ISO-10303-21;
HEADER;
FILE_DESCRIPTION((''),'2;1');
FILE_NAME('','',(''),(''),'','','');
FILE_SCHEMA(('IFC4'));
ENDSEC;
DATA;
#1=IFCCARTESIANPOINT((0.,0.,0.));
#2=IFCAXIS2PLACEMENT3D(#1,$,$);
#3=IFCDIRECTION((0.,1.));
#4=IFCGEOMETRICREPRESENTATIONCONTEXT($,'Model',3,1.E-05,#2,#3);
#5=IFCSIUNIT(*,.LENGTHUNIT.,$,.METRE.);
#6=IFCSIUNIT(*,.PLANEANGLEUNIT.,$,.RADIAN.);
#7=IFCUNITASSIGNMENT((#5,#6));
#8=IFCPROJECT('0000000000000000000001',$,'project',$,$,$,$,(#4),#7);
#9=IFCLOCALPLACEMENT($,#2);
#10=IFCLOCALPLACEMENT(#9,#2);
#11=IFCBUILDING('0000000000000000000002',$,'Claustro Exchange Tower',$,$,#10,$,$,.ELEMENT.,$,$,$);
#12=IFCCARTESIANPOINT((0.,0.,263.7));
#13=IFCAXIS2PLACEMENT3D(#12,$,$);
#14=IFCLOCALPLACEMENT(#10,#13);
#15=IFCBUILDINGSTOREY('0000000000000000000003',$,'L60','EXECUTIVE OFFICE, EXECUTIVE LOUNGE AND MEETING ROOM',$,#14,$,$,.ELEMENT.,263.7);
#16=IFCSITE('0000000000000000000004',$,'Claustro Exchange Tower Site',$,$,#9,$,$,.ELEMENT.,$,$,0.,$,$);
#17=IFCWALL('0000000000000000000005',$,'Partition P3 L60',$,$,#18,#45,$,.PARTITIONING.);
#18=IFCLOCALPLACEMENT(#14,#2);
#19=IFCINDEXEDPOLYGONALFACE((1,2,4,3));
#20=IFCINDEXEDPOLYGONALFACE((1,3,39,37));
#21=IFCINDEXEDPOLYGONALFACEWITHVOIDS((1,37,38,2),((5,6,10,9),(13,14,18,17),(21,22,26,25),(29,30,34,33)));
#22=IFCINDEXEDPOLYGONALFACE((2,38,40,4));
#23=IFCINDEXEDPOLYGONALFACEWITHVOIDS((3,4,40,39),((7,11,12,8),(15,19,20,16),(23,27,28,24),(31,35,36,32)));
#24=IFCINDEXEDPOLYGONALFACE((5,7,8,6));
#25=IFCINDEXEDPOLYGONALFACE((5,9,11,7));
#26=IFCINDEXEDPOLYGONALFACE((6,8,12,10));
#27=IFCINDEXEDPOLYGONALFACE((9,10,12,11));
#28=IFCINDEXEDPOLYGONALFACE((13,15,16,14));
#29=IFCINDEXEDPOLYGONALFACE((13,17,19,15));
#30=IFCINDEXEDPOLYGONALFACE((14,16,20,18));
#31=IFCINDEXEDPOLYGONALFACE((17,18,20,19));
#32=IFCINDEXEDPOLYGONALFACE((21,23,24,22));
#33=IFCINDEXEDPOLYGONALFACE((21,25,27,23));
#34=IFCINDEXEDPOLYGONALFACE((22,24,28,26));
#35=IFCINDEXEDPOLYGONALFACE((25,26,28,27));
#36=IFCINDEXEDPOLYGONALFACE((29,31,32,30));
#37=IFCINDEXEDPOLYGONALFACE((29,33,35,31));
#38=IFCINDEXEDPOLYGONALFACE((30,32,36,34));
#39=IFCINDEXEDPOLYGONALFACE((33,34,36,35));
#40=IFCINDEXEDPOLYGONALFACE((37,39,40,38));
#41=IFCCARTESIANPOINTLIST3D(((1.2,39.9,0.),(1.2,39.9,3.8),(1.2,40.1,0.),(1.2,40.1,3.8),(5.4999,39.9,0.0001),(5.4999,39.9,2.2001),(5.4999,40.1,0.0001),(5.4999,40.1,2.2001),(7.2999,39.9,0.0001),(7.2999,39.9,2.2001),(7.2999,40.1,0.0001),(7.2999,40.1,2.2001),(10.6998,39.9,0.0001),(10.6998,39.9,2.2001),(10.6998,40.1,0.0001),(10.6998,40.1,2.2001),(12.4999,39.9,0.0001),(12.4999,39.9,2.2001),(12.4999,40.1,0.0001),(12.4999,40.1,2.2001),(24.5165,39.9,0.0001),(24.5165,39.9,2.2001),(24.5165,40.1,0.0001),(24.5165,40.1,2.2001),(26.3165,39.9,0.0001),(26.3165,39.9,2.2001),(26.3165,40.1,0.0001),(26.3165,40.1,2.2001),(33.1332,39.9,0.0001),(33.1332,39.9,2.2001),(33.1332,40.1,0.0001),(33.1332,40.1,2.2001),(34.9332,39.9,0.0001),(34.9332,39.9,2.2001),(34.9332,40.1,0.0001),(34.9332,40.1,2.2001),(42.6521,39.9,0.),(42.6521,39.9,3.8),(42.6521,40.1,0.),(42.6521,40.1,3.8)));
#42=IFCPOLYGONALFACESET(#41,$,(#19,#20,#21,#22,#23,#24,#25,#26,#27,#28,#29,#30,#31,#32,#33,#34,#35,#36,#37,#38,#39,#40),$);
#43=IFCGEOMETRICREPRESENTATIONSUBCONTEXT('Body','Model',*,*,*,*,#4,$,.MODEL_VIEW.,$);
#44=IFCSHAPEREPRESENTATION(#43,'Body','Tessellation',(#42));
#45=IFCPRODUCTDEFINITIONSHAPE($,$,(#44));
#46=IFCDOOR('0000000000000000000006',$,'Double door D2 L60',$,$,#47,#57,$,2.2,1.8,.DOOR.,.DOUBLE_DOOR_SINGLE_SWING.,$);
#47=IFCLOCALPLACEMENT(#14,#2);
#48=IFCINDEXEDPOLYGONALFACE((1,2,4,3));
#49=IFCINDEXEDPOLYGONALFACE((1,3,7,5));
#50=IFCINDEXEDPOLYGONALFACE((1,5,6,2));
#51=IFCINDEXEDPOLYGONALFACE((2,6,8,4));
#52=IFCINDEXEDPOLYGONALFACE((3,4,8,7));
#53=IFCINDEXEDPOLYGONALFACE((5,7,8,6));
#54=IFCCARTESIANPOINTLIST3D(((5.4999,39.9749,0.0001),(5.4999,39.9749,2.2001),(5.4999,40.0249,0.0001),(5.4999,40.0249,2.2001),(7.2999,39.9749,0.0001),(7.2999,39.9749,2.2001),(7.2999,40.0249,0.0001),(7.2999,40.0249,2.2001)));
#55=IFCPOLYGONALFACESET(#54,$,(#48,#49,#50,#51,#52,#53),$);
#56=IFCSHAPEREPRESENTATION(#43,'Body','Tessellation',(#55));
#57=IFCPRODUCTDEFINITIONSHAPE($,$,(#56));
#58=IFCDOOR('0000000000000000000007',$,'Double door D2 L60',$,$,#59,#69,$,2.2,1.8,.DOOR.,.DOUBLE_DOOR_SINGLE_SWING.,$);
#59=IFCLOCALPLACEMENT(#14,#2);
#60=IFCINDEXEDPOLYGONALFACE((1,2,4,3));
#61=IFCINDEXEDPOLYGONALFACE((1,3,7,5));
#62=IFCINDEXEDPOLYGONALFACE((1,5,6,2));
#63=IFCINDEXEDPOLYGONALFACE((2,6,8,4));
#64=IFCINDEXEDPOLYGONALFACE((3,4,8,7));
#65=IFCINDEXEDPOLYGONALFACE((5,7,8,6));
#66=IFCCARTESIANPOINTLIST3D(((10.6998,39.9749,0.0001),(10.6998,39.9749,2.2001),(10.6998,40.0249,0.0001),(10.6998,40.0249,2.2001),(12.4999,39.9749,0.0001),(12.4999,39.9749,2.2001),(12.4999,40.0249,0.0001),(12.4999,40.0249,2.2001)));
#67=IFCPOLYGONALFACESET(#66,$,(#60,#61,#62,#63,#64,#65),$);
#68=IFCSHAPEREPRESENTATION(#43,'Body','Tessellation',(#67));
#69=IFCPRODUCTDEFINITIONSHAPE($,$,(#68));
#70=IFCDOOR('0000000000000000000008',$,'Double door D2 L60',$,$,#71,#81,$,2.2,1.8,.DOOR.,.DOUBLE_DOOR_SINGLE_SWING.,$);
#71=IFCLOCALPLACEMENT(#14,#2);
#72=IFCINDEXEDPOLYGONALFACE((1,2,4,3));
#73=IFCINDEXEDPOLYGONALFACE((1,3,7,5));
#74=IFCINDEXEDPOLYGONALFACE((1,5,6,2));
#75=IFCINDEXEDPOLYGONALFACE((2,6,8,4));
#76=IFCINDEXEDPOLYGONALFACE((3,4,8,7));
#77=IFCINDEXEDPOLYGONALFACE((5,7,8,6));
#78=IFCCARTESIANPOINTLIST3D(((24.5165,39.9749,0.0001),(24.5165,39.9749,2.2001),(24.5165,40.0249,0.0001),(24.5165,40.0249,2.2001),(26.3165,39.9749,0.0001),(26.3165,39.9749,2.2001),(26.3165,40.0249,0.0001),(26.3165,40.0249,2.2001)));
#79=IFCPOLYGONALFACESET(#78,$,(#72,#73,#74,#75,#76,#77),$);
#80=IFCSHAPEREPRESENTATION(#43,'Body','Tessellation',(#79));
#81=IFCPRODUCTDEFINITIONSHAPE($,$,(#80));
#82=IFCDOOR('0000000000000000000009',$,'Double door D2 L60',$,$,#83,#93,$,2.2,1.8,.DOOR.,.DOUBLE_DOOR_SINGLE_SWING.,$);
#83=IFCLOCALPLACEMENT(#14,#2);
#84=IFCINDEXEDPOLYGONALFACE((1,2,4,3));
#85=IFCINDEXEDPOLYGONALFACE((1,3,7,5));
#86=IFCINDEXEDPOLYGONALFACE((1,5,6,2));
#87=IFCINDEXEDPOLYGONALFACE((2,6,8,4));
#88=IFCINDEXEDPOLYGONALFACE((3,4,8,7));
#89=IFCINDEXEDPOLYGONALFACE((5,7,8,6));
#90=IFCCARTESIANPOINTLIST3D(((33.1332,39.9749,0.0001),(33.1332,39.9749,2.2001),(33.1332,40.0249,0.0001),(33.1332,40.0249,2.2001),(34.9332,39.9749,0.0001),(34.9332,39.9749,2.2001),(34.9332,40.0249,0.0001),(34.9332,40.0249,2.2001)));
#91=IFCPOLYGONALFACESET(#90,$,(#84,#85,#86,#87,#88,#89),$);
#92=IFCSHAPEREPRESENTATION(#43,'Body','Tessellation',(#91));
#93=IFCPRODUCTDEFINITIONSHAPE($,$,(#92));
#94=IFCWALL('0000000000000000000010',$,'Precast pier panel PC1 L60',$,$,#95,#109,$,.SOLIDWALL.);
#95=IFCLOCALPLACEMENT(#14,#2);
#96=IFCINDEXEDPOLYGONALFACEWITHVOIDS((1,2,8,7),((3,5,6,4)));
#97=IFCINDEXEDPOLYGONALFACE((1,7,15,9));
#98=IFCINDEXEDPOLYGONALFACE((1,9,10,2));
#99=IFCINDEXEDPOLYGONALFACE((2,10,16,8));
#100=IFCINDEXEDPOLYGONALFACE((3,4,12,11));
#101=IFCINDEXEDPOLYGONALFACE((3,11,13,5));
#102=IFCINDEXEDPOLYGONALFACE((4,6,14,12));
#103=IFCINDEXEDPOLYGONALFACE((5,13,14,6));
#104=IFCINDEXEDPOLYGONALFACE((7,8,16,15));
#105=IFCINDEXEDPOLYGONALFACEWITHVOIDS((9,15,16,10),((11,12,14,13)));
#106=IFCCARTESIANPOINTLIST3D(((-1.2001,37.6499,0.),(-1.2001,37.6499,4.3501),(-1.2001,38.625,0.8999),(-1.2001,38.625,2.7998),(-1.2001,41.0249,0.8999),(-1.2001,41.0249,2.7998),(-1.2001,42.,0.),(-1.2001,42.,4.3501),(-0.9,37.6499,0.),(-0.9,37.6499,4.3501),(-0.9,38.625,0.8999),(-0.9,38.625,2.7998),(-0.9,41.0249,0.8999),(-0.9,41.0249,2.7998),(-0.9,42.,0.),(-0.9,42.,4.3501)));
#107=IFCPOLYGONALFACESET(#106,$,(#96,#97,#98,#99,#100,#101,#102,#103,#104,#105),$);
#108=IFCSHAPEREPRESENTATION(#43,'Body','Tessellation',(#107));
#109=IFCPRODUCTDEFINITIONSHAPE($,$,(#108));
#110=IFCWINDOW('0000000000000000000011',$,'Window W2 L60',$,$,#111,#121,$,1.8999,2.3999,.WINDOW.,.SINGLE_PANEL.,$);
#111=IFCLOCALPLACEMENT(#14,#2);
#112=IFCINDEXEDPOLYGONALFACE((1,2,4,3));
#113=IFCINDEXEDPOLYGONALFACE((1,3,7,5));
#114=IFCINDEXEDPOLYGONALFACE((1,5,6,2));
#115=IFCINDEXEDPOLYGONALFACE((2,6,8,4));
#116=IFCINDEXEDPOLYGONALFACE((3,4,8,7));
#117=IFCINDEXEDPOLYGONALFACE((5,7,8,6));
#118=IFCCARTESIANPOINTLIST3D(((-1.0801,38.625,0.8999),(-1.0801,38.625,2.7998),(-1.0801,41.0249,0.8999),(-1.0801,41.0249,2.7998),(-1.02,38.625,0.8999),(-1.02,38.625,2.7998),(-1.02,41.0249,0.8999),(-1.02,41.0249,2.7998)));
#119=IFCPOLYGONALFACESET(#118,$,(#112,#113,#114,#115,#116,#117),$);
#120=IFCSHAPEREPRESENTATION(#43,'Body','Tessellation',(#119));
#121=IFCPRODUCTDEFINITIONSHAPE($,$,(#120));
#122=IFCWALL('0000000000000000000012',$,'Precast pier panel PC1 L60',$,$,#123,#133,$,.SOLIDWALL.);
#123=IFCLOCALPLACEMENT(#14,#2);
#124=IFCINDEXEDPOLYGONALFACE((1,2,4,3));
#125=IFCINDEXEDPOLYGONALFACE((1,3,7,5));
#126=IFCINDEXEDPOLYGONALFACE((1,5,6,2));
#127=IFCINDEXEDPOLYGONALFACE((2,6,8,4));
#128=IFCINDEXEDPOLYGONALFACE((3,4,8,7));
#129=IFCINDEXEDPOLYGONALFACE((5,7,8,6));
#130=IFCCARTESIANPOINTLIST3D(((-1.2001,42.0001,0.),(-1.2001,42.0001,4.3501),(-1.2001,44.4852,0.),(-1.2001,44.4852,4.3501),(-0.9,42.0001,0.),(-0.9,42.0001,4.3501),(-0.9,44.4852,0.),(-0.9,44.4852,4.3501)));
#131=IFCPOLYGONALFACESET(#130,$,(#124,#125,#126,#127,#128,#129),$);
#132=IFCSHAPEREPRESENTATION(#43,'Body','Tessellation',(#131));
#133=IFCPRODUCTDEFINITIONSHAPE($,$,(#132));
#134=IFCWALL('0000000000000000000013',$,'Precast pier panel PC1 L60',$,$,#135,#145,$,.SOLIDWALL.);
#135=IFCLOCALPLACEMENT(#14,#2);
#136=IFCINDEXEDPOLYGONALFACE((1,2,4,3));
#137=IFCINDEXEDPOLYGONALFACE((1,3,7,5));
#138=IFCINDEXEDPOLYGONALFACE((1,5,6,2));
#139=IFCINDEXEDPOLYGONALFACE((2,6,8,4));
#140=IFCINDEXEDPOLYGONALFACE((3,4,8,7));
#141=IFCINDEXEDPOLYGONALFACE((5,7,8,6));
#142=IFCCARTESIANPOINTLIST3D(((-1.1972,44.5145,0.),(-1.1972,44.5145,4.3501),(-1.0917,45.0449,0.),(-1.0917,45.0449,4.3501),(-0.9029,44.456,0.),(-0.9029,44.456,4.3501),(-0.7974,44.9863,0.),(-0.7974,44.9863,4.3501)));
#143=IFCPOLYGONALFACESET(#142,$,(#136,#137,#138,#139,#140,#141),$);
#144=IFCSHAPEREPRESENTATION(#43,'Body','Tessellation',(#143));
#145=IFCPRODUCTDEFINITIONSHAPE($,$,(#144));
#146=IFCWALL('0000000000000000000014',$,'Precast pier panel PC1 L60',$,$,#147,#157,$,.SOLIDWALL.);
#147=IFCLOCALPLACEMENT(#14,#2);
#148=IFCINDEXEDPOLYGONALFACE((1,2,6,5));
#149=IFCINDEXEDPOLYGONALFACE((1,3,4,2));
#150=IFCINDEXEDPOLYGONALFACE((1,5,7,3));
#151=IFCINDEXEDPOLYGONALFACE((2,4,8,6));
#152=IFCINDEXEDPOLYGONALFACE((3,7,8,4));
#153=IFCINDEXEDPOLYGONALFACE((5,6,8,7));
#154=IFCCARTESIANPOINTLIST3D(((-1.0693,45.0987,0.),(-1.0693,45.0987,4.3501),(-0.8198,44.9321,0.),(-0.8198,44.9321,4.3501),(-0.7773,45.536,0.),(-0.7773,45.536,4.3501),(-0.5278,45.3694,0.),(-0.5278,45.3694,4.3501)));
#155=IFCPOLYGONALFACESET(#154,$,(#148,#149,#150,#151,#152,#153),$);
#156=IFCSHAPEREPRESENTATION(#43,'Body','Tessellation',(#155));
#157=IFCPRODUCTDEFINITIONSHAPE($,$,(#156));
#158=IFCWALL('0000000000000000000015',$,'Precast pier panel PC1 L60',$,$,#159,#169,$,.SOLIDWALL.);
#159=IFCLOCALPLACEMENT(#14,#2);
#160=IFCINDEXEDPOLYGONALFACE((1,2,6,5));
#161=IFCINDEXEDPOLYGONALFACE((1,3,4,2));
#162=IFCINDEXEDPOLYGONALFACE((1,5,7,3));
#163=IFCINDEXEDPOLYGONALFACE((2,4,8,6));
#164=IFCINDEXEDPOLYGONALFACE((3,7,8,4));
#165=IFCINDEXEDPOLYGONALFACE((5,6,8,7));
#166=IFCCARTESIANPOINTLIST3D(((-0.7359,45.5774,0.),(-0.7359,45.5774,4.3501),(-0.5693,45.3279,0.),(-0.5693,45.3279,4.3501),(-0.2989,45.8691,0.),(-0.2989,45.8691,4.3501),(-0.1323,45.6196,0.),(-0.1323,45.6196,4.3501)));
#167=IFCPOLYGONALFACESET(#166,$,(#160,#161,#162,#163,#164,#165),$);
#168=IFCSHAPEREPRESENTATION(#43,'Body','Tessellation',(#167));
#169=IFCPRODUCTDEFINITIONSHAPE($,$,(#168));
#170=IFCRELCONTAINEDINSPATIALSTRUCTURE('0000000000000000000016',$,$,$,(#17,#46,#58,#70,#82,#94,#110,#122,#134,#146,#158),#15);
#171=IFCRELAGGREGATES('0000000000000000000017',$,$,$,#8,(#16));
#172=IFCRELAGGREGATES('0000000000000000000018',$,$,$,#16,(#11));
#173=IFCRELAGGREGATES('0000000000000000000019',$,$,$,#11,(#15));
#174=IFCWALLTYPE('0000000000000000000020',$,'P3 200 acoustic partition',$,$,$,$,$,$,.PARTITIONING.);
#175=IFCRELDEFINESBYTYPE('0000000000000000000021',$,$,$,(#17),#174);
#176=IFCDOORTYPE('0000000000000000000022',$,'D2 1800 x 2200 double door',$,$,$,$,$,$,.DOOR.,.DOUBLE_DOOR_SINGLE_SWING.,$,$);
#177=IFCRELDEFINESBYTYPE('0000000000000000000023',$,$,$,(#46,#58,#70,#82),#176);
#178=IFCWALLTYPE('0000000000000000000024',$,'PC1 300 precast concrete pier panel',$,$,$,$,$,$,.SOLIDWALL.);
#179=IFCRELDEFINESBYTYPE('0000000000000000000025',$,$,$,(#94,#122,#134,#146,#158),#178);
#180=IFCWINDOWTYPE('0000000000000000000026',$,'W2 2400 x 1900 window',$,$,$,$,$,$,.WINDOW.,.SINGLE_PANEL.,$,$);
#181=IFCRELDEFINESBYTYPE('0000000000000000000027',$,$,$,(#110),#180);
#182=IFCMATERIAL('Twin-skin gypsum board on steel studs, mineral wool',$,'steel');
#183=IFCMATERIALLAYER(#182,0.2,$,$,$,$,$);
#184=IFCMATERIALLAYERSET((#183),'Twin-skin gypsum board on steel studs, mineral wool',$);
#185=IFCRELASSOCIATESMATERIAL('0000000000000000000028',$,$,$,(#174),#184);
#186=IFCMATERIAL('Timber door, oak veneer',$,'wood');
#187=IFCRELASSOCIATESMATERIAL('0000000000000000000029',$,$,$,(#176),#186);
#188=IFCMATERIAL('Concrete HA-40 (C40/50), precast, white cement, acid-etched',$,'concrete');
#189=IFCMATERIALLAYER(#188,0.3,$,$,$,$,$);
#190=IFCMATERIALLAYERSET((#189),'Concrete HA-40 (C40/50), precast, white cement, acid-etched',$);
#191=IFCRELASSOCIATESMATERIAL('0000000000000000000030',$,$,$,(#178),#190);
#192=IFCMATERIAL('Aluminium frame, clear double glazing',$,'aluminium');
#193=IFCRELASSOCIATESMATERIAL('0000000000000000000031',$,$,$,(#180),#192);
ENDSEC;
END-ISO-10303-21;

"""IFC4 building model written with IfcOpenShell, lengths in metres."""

from ifc_helpers import new_model, si_unit, direction, frame, frame_2d, origin, place, context, subcontext, project, spatial, rectangle, extrude, material, layer, layer_set, type_object, element, fill, save


model = new_model("IFC4")

# Units and contexts
model_context = context("Model", 3, precision=1e-05, world=origin(), true_north=direction((0.0, 1.0)))
body_context = subcontext(model_context, "Body", "Model", "MODEL_VIEW")
ifc_project = project(units=[si_unit("LENGTHUNIT", "METRE"), si_unit("PLANEANGLEUNIT", "RADIAN")], contexts=[model_context])

# Site, building, storey
site_placement = place(None, origin())
site = spatial("IfcSite", under=ifc_project, at=site_placement, Name="Claustro Exchange Tower Site", CompositionType="ELEMENT", RefElevation=0.0)
building_placement = place(site_placement, origin())
building = spatial("IfcBuilding", under=site, at=building_placement, Name="Claustro Exchange Tower", CompositionType="ELEMENT")
storey_placement = place(building_placement, frame((0.0, 0.0, 263.7)))
storey = spatial("IfcBuildingStorey", under=building, at=storey_placement, Name="L60", Description="EXECUTIVE OFFICE, EXECUTIVE LOUNGE AND MEETING ROOM", CompositionType="ELEMENT", Elevation=263.7)

# Shared definitions
ifc_material_1 = material(Name="Twin-skin gypsum board on steel studs, mineral wool", Category="steel")
ifc_layer_1 = layer(ifc_material_1, 0.2)
ifc_layer_set_1 = layer_set([ifc_layer_1], Name="Twin-skin gypsum board on steel studs, mineral wool")
wall_type_1 = type_object("IfcWallType", Name="P3 200 acoustic partition", PredefinedType="PARTITIONING", material=ifc_layer_set_1)

# Wall, openings, doors
wall_1_placement = place(storey_placement, frame((1.2, 40.0, 0.0), z_axis=(0.0, 0.0, 1.0), x_axis=(1.0, 0.0, 0.0)))
wall_1 = element("IfcWall", 1, at=wall_1_placement, inside=storey, type_object=wall_type_1, Name="Partition P3 L60", PredefinedType="PARTITIONING", context=body_context, shape_type="SweptSolid", body=[
    extrude(rectangle(XDim=41.4521, YDim=0.2, at=frame_2d((20.7261, 0.0))), origin(), (0.0, 0.0, 1.0), 3.8),
])
opening_1_placement = place(wall_1_placement, frame((4.3, 0.0, 0.0)))
opening_1 = element("IfcOpeningElement", 2, at=opening_1_placement, cuts=wall_1, PredefinedType="OPENING", context=body_context, shape_type="SweptSolid", body=[
    extrude(rectangle(XDim=1.8, YDim=2.2, at=frame_2d((0.8999, 1.1001))), frame((0.0, 0.1099, 0.0), z_axis=(0.0, -1.0, 0.0), x_axis=(1.0, 0.0, 0.0)), (0.0, 0.0, 1.0), 0.22),
])
opening_2_placement = place(wall_1_placement, frame((9.5, 0.0, 0.0)))
opening_2 = element("IfcOpeningElement", 3, at=opening_2_placement, cuts=wall_1, PredefinedType="OPENING", context=body_context, shape_type="SweptSolid", body=[
    extrude(rectangle(XDim=1.8, YDim=2.2, at=frame_2d((0.8999, 1.1001))), frame((0.0, 0.1099, 0.0), z_axis=(0.0, -1.0, 0.0), x_axis=(1.0, 0.0, 0.0)), (0.0, 0.0, 1.0), 0.22),
])
opening_3_placement = place(wall_1_placement, frame((23.3167, 0.0, 0.0)))
opening_3 = element("IfcOpeningElement", 4, at=opening_3_placement, cuts=wall_1, PredefinedType="OPENING", context=body_context, shape_type="SweptSolid", body=[
    extrude(rectangle(XDim=1.8, YDim=2.2, at=frame_2d((0.8999, 1.1001))), frame((0.0, 0.1099, 0.0), z_axis=(0.0, -1.0, 0.0), x_axis=(1.0, 0.0, 0.0)), (0.0, 0.0, 1.0), 0.22),
])
opening_4_placement = place(wall_1_placement, frame((31.9333, 0.0, 0.0)))
opening_4 = element("IfcOpeningElement", 5, at=opening_4_placement, cuts=wall_1, PredefinedType="OPENING", context=body_context, shape_type="SweptSolid", body=[
    extrude(rectangle(XDim=1.8, YDim=2.2, at=frame_2d((0.8999, 1.1001))), frame((0.0, 0.1099, 0.0), z_axis=(0.0, -1.0, 0.0), x_axis=(1.0, 0.0, 0.0)), (0.0, 0.0, 1.0), 0.22),
])
ifc_material_2 = material(Name="Timber door, oak veneer", Category="wood")
door_type_1 = type_object("IfcDoorType", Name="D2 1800 x 2200 double door", OperationType="DOUBLE_DOOR_SINGLE_SWING", PredefinedType="DOOR", material=ifc_material_2)
door_1_placement = place(opening_1_placement, origin())
door_1 = element("IfcDoor", 6, at=door_1_placement, inside=storey, type_object=door_type_1, Name="Double door D2 L60", OperationType="DOUBLE_DOOR_SINGLE_SWING", OverallHeight=2.2, OverallWidth=1.8, PredefinedType="DOOR", context=body_context, shape_type="SweptSolid", body=[
    extrude(rectangle(XDim=1.8, YDim=2.2, at=frame_2d((0.8999, 1.1001))), frame((0.0, 0.0249, 0.0), z_axis=(0.0, -1.0, 0.0), x_axis=(1.0, 0.0, 0.0)), (0.0, 0.0, 1.0), 0.05),
])
fill(opening_1, door_1)
door_2_placement = place(opening_2_placement, origin())
door_2 = element("IfcDoor", 7, at=door_2_placement, inside=storey, type_object=door_type_1, Name="Double door D2 L60", OperationType="DOUBLE_DOOR_SINGLE_SWING", OverallHeight=2.2, OverallWidth=1.8, PredefinedType="DOOR", context=body_context, shape_type="SweptSolid", body=[
    extrude(rectangle(XDim=1.8, YDim=2.2, at=frame_2d((0.8999, 1.1001))), frame((0.0, 0.0249, 0.0), z_axis=(0.0, -1.0, 0.0), x_axis=(1.0, 0.0, 0.0)), (0.0, 0.0, 1.0), 0.05),
])
fill(opening_2, door_2)
door_3_placement = place(opening_3_placement, origin())
door_3 = element("IfcDoor", 8, at=door_3_placement, inside=storey, type_object=door_type_1, Name="Double door D2 L60", OperationType="DOUBLE_DOOR_SINGLE_SWING", OverallHeight=2.2, OverallWidth=1.8, PredefinedType="DOOR", context=body_context, shape_type="SweptSolid", body=[
    extrude(rectangle(XDim=1.8, YDim=2.2, at=frame_2d((0.8999, 1.1001))), frame((0.0, 0.0249, 0.0), z_axis=(0.0, -1.0, 0.0), x_axis=(1.0, 0.0, 0.0)), (0.0, 0.0, 1.0), 0.05),
])
fill(opening_3, door_3)
door_4_placement = place(opening_4_placement, origin())
door_4 = element("IfcDoor", 9, at=door_4_placement, inside=storey, type_object=door_type_1, Name="Double door D2 L60", OperationType="DOUBLE_DOOR_SINGLE_SWING", OverallHeight=2.2, OverallWidth=1.8, PredefinedType="DOOR", context=body_context, shape_type="SweptSolid", body=[
    extrude(rectangle(XDim=1.8, YDim=2.2, at=frame_2d((0.8999, 1.1001))), frame((0.0, 0.0249, 0.0), z_axis=(0.0, -1.0, 0.0), x_axis=(1.0, 0.0, 0.0)), (0.0, 0.0, 1.0), 0.05),
])
fill(opening_4, door_4)

# Wall, opening, window
ifc_material_3 = material(Name="Concrete HA-40 (C40/50), precast, white cement, acid-etched", Category="concrete")
ifc_layer_2 = layer(ifc_material_3, 0.3)
ifc_layer_set_2 = layer_set([ifc_layer_2], Name="Concrete HA-40 (C40/50), precast, white cement, acid-etched")
wall_type_2 = type_object("IfcWallType", Name="PC1 300 precast concrete pier panel", PredefinedType="SOLIDWALL", material=ifc_layer_set_2)
wall_2_placement = place(storey_placement, frame((-1.05, 37.6499, 0.0), z_axis=(0.0, 0.0, 1.0), x_axis=(0.0, 1.0, 0.0)))
wall_2 = element("IfcWall", 10, at=wall_2_placement, inside=storey, type_object=wall_type_2, Name="Precast pier panel PC1 L60", PredefinedType="SOLIDWALL", context=body_context, shape_type="SweptSolid", body=[
    extrude(rectangle(XDim=4.3501, YDim=0.3, at=frame_2d((2.175, 0.0))), origin(), (0.0, 0.0, 1.0), 4.3501),
])
opening_5_placement = place(wall_2_placement, frame((0.9751, 0.0, 0.8999)))
opening_5 = element("IfcOpeningElement", 11, at=opening_5_placement, cuts=wall_2, PredefinedType="OPENING", context=body_context, shape_type="SweptSolid", body=[
    extrude(rectangle(XDim=2.3999, YDim=1.8999, at=frame_2d((1.2, 0.95))), frame((0.0, 0.1599, 0.0), z_axis=(0.0, -1.0, 0.0), x_axis=(1.0, 0.0, 0.0)), (0.0, 0.0, 1.0), 0.3201),
])
ifc_material_4 = material(Name="Aluminium frame, clear double glazing", Category="aluminium")
window_type_1 = type_object("IfcWindowType", Name="W2 2400 x 1900 window", PartitioningType="SINGLE_PANEL", PredefinedType="WINDOW", material=ifc_material_4)
window_1_placement = place(opening_5_placement, origin())
window_1 = element("IfcWindow", 12, at=window_1_placement, inside=storey, type_object=window_type_1, Name="Window W2 L60", OverallHeight=1.8999, OverallWidth=2.3999, PartitioningType="SINGLE_PANEL", PredefinedType="WINDOW", context=body_context, shape_type="SweptSolid", body=[
    extrude(rectangle(XDim=2.3999, YDim=1.8999, at=frame_2d((1.2, 0.95))), frame((0.0, 0.03, 0.0), z_axis=(0.0, -1.0, 0.0), x_axis=(1.0, 0.0, 0.0)), (0.0, 0.0, 1.0), 0.0601),
])
fill(opening_5, window_1)

# Walls
wall_3_placement = place(storey_placement, frame((-1.05, 42.0, 0.0), z_axis=(0.0, 0.0, 1.0), x_axis=(0.0, 1.0, 0.0)))
element("IfcWall", 13, at=wall_3_placement, inside=storey, type_object=wall_type_2, Name="Precast pier panel PC1 L60", PredefinedType="SOLIDWALL", context=body_context, shape_type="SweptSolid", body=[
    extrude(rectangle(XDim=2.4851, YDim=0.3, at=frame_2d((1.2427, 0.0))), origin(), (0.0, 0.0, 1.0), 4.3501),
])
wall_4_placement = place(storey_placement, frame((-1.05, 44.4851, 0.0), z_axis=(0.0, 0.0, 1.0), x_axis=(0.195074, 0.980789, 0.0)))
element("IfcWall", 14, at=wall_4_placement, inside=storey, type_object=wall_type_2, Name="Precast pier panel PC1 L60", PredefinedType="SOLIDWALL", context=body_context, shape_type="SweptSolid", body=[
    extrude(rectangle(XDim=0.5408, YDim=0.3, at=frame_2d((0.2705, 0.0))), origin(), (0.0, 0.0, 1.0), 4.3501),
])
wall_5_placement = place(storey_placement, frame((-0.9446, 45.0154, 0.0), z_axis=(0.0, 0.0, 1.0), x_axis=(0.555343, 0.831621, 0.0)))
element("IfcWall", 15, at=wall_5_placement, inside=storey, type_object=wall_type_2, Name="Precast pier panel PC1 L60", PredefinedType="SOLIDWALL", context=body_context, shape_type="SweptSolid", body=[
    extrude(rectangle(XDim=0.5259, YDim=0.3, at=frame_2d((0.2629, 0.0))), origin(), (0.0, 0.0, 1.0), 4.3501),
])
wall_6_placement = place(storey_placement, frame((-0.6526, 45.4526, 0.0), z_axis=(0.0, 0.0, 1.0), x_axis=(0.831693, 0.555236, 0.0)))
element("IfcWall", 16, at=wall_6_placement, inside=storey, type_object=wall_type_2, Name="Precast pier panel PC1 L60", PredefinedType="SOLIDWALL", context=body_context, shape_type="SweptSolid", body=[
    extrude(rectangle(XDim=0.5254, YDim=0.3, at=frame_2d((0.2627, 0.0))), origin(), (0.0, 0.0, 1.0), 4.3501),
])

save(model, "model.ifc")
